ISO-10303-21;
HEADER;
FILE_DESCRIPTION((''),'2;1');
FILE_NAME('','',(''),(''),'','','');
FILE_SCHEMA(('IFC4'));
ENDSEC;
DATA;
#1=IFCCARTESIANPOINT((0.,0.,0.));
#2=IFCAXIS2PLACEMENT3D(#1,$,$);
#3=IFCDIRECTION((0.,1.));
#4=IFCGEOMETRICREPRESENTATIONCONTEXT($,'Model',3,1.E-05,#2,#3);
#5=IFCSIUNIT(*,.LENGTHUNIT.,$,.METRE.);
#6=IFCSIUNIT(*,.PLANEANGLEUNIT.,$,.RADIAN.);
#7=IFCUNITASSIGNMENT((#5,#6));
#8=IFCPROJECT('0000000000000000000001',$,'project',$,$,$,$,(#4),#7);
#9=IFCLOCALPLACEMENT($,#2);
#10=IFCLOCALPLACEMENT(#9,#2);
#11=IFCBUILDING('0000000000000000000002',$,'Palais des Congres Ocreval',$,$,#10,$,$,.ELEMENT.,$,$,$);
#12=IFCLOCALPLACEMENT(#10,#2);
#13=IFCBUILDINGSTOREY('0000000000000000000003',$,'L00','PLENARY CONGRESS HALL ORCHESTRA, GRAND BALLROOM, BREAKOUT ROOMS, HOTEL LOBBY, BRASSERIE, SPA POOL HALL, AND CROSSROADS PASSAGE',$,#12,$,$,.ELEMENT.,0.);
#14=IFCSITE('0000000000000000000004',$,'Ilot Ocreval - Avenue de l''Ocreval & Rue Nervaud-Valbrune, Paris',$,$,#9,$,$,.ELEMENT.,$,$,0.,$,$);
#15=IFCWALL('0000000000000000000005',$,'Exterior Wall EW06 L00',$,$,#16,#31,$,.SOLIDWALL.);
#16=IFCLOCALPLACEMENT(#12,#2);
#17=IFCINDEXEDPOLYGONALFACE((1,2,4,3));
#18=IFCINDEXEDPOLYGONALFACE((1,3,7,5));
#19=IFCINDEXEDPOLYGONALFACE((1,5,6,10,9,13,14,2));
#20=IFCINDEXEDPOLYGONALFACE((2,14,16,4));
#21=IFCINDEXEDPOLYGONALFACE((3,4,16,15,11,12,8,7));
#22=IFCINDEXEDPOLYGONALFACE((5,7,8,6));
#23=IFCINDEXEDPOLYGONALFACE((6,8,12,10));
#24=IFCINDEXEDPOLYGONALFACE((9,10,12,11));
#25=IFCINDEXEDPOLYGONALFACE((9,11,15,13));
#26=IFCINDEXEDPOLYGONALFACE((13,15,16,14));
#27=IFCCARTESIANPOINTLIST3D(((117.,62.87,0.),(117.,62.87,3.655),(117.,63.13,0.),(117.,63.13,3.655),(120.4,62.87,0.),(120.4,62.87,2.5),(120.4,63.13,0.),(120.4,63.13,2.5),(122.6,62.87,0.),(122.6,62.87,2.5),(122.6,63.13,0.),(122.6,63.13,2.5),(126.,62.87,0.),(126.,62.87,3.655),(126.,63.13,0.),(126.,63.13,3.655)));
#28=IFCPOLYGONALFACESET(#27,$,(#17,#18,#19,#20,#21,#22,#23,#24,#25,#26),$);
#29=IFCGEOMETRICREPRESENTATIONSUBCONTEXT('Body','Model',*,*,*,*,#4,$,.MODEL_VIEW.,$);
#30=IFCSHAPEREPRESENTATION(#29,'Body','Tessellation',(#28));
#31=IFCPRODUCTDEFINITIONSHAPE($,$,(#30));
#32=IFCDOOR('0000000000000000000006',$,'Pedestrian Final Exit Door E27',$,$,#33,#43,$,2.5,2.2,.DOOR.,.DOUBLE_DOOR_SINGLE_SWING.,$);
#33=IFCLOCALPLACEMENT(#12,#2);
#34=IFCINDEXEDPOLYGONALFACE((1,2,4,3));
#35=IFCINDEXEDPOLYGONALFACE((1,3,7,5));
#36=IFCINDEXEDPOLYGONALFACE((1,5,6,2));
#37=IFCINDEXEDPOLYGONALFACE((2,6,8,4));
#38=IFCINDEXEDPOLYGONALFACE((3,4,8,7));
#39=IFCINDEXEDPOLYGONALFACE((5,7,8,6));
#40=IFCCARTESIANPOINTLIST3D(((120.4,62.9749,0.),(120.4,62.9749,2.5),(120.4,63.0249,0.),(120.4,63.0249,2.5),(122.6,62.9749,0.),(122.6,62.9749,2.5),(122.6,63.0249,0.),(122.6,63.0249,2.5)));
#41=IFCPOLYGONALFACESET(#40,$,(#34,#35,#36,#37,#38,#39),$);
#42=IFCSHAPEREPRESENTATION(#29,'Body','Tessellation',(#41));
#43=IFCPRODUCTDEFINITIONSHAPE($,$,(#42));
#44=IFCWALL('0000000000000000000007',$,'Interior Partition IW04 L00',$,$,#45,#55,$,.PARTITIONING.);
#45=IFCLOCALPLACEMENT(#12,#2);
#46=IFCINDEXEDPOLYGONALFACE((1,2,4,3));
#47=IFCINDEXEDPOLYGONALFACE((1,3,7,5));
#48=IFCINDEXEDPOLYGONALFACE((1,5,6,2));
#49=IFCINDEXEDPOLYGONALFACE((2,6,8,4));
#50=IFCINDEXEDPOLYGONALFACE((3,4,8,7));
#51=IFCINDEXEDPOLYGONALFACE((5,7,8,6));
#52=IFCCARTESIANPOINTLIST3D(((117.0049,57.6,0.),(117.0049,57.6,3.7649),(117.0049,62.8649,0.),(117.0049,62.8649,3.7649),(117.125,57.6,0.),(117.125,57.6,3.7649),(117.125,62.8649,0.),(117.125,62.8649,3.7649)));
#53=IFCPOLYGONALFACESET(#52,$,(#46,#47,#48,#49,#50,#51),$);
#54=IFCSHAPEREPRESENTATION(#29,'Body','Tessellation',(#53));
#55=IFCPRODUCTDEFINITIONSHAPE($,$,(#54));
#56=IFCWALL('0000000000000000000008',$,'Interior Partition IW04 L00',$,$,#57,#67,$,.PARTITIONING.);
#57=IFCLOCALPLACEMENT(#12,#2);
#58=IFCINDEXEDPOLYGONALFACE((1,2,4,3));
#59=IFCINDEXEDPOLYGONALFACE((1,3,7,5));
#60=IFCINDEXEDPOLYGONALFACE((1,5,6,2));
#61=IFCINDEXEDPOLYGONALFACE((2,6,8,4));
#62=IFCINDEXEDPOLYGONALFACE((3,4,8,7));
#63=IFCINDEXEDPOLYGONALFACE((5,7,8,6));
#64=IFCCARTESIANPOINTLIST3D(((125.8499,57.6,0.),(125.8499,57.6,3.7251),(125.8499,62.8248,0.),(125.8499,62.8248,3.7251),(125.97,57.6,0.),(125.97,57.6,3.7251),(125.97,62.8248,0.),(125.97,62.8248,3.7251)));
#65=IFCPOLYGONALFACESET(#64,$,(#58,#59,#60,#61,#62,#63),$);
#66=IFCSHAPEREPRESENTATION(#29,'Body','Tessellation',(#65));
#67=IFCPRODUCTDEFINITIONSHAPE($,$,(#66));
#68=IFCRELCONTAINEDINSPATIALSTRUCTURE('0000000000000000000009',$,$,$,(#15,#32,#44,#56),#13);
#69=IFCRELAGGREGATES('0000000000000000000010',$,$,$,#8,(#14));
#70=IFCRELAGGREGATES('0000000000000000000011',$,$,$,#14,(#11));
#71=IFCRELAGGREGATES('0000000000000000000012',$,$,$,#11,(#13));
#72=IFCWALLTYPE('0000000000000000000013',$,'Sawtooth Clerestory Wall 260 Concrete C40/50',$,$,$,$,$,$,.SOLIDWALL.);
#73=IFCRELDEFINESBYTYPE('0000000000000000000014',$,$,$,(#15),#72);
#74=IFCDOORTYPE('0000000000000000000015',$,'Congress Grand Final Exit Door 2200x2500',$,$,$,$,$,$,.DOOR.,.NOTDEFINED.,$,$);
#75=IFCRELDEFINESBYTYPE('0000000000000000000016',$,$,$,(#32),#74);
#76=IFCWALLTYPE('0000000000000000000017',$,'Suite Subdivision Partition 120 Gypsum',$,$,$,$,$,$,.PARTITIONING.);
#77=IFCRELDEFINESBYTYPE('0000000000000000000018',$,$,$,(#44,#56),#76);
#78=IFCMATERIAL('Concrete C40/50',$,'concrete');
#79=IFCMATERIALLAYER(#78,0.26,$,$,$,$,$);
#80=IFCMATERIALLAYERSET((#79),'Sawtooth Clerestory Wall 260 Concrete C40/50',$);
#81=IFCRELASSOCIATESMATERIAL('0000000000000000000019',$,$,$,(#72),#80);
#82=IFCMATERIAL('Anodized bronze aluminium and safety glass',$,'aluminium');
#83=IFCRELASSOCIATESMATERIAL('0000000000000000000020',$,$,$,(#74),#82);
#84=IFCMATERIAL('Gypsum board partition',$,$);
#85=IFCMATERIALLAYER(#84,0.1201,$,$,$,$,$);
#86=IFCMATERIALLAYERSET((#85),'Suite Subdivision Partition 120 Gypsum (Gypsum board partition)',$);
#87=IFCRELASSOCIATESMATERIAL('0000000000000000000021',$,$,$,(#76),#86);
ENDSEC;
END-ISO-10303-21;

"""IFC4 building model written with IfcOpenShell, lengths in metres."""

from ifc_helpers import new_model, si_unit, direction, frame, frame_2d, origin, place, context, subcontext, project, spatial, rectangle, extrude, material, layer, layer_set, type_object, element, fill, save


model = new_model("IFC4")

# Units and contexts
model_context = context("Model", 3, precision=1e-05, world=origin(), true_north=direction((0.0, 1.0)))
body_context = subcontext(model_context, "Body", "Model", "MODEL_VIEW")
ifc_project = project(units=[si_unit("LENGTHUNIT", "METRE"), si_unit("PLANEANGLEUNIT", "RADIAN")], contexts=[model_context])

# Site, building, storey
site_placement = place(None, origin())
site = spatial("IfcSite", under=ifc_project, at=site_placement, Name="Ilot Ocreval - Avenue de l'Ocreval & Rue Nervaud-Valbrune, Paris", CompositionType="ELEMENT", RefElevation=0.0)
building_placement = place(site_placement, origin())
building = spatial("IfcBuilding", under=site, at=building_placement, Name="Palais des Congres Ocreval", CompositionType="ELEMENT")
storey_placement = place(building_placement, origin())
storey = spatial("IfcBuildingStorey", under=building, at=storey_placement, Name="L00", Description="PLENARY CONGRESS HALL ORCHESTRA, GRAND BALLROOM, BREAKOUT ROOMS, HOTEL LOBBY, BRASSERIE, SPA POOL HALL, AND CROSSROADS PASSAGE", CompositionType="ELEMENT", Elevation=0.0)

# Shared definitions
ifc_material_1 = material(Name="Concrete C40/50", Category="concrete")

# Wall, opening, door
ifc_layer_1 = layer(ifc_material_1, 0.26)
ifc_layer_set_1 = layer_set([ifc_layer_1], Name="Sawtooth Clerestory Wall 260 Concrete C40/50")
wall_type_1 = type_object("IfcWallType", Name="Sawtooth Clerestory Wall 260 Concrete C40/50", PredefinedType="SOLIDWALL", material=ifc_layer_set_1)
wall_1_placement = place(storey_placement, frame((117.0, 63.0, 0.0), z_axis=(0.0, 0.0, 1.0), x_axis=(1.0, 0.0, 0.0)))
wall_1 = element("IfcWall", 1, at=wall_1_placement, inside=storey, type_object=wall_type_1, Name="Exterior Wall EW06 L00", PredefinedType="SOLIDWALL", context=body_context, shape_type="SweptSolid", body=[
    extrude(rectangle(XDim=9.0, YDim=0.26, at=frame_2d((4.5, 0.0))), origin(), (0.0, 0.0, 1.0), 3.655),
])
opening_1_placement = place(wall_1_placement, frame((3.3999, 0.0, 0.0)))
opening_1 = element("IfcOpeningElement", 2, at=opening_1_placement, cuts=wall_1, PredefinedType="OPENING", context=body_context, shape_type="SweptSolid", body=[
    extrude(rectangle(XDim=2.2, YDim=2.5, at=frame_2d((1.1001, 1.25))), frame((0.0, 0.1399, 0.0), z_axis=(0.0, -1.0, 0.0), x_axis=(1.0, 0.0, 0.0)), (0.0, 0.0, 1.0), 0.28),
])
ifc_material_2 = material(Name="Anodized bronze aluminium and safety glass", Category="aluminium")
door_type_1 = type_object("IfcDoorType", Name="Congress Grand Final Exit Door 2200x2500", OperationType="NOTDEFINED", PredefinedType="DOOR", material=ifc_material_2)
door_1_placement = place(opening_1_placement, origin())
door_1 = element("IfcDoor", 3, at=door_1_placement, inside=storey, type_object=door_type_1, Name="Pedestrian Final Exit Door E27", OperationType="DOUBLE_DOOR_SINGLE_SWING", OverallHeight=2.5, OverallWidth=2.2, PredefinedType="DOOR", context=body_context, shape_type="SweptSolid", body=[
    extrude(rectangle(XDim=2.2, YDim=2.5, at=frame_2d((1.1001, 1.25))), frame((0.0, 0.0249, 0.0), z_axis=(0.0, -1.0, 0.0), x_axis=(1.0, 0.0, 0.0)), (0.0, 0.0, 1.0), 0.05),
])
fill(opening_1, door_1)

# Walls
ifc_material_3 = material(Name="Gypsum board partition")
ifc_layer_2 = layer(ifc_material_3, 0.1201)
ifc_layer_set_2 = layer_set([ifc_layer_2], Name="Suite Subdivision Partition 120 Gypsum (Gypsum board partition)")
wall_type_2 = type_object("IfcWallType", Name="Suite Subdivision Partition 120 Gypsum", PredefinedType="PARTITIONING", material=ifc_layer_set_2)
wall_2_placement = place(storey_placement, frame((117.0649, 57.6001, 0.0), z_axis=(0.0, 0.0, 1.0), x_axis=(0.0, 1.0, 0.0)))
element("IfcWall", 4, at=wall_2_placement, inside=storey, type_object=wall_type_2, Name="Interior Partition IW04 L00", PredefinedType="PARTITIONING", context=body_context, shape_type="SweptSolid", body=[
    extrude(rectangle(XDim=5.2649, YDim=0.1201, at=frame_2d((2.6323, 0.0))), origin(), (0.0, 0.0, 1.0), 3.7649),
])
wall_3_placement = place(storey_placement, frame((125.9099, 57.6001, 0.0), z_axis=(0.0, 0.0, 1.0), x_axis=(0.0, 1.0, 0.0)))
element("IfcWall", 5, at=wall_3_placement, inside=storey, type_object=wall_type_2, Name="Interior Partition IW04 L00", PredefinedType="PARTITIONING", context=body_context, shape_type="SweptSolid", body=[
    extrude(rectangle(XDim=5.2249, YDim=0.1201, at=frame_2d((2.6123, 0.0))), origin(), (0.0, 0.0, 1.0), 3.7251),
])

save(model, "model.ifc")
